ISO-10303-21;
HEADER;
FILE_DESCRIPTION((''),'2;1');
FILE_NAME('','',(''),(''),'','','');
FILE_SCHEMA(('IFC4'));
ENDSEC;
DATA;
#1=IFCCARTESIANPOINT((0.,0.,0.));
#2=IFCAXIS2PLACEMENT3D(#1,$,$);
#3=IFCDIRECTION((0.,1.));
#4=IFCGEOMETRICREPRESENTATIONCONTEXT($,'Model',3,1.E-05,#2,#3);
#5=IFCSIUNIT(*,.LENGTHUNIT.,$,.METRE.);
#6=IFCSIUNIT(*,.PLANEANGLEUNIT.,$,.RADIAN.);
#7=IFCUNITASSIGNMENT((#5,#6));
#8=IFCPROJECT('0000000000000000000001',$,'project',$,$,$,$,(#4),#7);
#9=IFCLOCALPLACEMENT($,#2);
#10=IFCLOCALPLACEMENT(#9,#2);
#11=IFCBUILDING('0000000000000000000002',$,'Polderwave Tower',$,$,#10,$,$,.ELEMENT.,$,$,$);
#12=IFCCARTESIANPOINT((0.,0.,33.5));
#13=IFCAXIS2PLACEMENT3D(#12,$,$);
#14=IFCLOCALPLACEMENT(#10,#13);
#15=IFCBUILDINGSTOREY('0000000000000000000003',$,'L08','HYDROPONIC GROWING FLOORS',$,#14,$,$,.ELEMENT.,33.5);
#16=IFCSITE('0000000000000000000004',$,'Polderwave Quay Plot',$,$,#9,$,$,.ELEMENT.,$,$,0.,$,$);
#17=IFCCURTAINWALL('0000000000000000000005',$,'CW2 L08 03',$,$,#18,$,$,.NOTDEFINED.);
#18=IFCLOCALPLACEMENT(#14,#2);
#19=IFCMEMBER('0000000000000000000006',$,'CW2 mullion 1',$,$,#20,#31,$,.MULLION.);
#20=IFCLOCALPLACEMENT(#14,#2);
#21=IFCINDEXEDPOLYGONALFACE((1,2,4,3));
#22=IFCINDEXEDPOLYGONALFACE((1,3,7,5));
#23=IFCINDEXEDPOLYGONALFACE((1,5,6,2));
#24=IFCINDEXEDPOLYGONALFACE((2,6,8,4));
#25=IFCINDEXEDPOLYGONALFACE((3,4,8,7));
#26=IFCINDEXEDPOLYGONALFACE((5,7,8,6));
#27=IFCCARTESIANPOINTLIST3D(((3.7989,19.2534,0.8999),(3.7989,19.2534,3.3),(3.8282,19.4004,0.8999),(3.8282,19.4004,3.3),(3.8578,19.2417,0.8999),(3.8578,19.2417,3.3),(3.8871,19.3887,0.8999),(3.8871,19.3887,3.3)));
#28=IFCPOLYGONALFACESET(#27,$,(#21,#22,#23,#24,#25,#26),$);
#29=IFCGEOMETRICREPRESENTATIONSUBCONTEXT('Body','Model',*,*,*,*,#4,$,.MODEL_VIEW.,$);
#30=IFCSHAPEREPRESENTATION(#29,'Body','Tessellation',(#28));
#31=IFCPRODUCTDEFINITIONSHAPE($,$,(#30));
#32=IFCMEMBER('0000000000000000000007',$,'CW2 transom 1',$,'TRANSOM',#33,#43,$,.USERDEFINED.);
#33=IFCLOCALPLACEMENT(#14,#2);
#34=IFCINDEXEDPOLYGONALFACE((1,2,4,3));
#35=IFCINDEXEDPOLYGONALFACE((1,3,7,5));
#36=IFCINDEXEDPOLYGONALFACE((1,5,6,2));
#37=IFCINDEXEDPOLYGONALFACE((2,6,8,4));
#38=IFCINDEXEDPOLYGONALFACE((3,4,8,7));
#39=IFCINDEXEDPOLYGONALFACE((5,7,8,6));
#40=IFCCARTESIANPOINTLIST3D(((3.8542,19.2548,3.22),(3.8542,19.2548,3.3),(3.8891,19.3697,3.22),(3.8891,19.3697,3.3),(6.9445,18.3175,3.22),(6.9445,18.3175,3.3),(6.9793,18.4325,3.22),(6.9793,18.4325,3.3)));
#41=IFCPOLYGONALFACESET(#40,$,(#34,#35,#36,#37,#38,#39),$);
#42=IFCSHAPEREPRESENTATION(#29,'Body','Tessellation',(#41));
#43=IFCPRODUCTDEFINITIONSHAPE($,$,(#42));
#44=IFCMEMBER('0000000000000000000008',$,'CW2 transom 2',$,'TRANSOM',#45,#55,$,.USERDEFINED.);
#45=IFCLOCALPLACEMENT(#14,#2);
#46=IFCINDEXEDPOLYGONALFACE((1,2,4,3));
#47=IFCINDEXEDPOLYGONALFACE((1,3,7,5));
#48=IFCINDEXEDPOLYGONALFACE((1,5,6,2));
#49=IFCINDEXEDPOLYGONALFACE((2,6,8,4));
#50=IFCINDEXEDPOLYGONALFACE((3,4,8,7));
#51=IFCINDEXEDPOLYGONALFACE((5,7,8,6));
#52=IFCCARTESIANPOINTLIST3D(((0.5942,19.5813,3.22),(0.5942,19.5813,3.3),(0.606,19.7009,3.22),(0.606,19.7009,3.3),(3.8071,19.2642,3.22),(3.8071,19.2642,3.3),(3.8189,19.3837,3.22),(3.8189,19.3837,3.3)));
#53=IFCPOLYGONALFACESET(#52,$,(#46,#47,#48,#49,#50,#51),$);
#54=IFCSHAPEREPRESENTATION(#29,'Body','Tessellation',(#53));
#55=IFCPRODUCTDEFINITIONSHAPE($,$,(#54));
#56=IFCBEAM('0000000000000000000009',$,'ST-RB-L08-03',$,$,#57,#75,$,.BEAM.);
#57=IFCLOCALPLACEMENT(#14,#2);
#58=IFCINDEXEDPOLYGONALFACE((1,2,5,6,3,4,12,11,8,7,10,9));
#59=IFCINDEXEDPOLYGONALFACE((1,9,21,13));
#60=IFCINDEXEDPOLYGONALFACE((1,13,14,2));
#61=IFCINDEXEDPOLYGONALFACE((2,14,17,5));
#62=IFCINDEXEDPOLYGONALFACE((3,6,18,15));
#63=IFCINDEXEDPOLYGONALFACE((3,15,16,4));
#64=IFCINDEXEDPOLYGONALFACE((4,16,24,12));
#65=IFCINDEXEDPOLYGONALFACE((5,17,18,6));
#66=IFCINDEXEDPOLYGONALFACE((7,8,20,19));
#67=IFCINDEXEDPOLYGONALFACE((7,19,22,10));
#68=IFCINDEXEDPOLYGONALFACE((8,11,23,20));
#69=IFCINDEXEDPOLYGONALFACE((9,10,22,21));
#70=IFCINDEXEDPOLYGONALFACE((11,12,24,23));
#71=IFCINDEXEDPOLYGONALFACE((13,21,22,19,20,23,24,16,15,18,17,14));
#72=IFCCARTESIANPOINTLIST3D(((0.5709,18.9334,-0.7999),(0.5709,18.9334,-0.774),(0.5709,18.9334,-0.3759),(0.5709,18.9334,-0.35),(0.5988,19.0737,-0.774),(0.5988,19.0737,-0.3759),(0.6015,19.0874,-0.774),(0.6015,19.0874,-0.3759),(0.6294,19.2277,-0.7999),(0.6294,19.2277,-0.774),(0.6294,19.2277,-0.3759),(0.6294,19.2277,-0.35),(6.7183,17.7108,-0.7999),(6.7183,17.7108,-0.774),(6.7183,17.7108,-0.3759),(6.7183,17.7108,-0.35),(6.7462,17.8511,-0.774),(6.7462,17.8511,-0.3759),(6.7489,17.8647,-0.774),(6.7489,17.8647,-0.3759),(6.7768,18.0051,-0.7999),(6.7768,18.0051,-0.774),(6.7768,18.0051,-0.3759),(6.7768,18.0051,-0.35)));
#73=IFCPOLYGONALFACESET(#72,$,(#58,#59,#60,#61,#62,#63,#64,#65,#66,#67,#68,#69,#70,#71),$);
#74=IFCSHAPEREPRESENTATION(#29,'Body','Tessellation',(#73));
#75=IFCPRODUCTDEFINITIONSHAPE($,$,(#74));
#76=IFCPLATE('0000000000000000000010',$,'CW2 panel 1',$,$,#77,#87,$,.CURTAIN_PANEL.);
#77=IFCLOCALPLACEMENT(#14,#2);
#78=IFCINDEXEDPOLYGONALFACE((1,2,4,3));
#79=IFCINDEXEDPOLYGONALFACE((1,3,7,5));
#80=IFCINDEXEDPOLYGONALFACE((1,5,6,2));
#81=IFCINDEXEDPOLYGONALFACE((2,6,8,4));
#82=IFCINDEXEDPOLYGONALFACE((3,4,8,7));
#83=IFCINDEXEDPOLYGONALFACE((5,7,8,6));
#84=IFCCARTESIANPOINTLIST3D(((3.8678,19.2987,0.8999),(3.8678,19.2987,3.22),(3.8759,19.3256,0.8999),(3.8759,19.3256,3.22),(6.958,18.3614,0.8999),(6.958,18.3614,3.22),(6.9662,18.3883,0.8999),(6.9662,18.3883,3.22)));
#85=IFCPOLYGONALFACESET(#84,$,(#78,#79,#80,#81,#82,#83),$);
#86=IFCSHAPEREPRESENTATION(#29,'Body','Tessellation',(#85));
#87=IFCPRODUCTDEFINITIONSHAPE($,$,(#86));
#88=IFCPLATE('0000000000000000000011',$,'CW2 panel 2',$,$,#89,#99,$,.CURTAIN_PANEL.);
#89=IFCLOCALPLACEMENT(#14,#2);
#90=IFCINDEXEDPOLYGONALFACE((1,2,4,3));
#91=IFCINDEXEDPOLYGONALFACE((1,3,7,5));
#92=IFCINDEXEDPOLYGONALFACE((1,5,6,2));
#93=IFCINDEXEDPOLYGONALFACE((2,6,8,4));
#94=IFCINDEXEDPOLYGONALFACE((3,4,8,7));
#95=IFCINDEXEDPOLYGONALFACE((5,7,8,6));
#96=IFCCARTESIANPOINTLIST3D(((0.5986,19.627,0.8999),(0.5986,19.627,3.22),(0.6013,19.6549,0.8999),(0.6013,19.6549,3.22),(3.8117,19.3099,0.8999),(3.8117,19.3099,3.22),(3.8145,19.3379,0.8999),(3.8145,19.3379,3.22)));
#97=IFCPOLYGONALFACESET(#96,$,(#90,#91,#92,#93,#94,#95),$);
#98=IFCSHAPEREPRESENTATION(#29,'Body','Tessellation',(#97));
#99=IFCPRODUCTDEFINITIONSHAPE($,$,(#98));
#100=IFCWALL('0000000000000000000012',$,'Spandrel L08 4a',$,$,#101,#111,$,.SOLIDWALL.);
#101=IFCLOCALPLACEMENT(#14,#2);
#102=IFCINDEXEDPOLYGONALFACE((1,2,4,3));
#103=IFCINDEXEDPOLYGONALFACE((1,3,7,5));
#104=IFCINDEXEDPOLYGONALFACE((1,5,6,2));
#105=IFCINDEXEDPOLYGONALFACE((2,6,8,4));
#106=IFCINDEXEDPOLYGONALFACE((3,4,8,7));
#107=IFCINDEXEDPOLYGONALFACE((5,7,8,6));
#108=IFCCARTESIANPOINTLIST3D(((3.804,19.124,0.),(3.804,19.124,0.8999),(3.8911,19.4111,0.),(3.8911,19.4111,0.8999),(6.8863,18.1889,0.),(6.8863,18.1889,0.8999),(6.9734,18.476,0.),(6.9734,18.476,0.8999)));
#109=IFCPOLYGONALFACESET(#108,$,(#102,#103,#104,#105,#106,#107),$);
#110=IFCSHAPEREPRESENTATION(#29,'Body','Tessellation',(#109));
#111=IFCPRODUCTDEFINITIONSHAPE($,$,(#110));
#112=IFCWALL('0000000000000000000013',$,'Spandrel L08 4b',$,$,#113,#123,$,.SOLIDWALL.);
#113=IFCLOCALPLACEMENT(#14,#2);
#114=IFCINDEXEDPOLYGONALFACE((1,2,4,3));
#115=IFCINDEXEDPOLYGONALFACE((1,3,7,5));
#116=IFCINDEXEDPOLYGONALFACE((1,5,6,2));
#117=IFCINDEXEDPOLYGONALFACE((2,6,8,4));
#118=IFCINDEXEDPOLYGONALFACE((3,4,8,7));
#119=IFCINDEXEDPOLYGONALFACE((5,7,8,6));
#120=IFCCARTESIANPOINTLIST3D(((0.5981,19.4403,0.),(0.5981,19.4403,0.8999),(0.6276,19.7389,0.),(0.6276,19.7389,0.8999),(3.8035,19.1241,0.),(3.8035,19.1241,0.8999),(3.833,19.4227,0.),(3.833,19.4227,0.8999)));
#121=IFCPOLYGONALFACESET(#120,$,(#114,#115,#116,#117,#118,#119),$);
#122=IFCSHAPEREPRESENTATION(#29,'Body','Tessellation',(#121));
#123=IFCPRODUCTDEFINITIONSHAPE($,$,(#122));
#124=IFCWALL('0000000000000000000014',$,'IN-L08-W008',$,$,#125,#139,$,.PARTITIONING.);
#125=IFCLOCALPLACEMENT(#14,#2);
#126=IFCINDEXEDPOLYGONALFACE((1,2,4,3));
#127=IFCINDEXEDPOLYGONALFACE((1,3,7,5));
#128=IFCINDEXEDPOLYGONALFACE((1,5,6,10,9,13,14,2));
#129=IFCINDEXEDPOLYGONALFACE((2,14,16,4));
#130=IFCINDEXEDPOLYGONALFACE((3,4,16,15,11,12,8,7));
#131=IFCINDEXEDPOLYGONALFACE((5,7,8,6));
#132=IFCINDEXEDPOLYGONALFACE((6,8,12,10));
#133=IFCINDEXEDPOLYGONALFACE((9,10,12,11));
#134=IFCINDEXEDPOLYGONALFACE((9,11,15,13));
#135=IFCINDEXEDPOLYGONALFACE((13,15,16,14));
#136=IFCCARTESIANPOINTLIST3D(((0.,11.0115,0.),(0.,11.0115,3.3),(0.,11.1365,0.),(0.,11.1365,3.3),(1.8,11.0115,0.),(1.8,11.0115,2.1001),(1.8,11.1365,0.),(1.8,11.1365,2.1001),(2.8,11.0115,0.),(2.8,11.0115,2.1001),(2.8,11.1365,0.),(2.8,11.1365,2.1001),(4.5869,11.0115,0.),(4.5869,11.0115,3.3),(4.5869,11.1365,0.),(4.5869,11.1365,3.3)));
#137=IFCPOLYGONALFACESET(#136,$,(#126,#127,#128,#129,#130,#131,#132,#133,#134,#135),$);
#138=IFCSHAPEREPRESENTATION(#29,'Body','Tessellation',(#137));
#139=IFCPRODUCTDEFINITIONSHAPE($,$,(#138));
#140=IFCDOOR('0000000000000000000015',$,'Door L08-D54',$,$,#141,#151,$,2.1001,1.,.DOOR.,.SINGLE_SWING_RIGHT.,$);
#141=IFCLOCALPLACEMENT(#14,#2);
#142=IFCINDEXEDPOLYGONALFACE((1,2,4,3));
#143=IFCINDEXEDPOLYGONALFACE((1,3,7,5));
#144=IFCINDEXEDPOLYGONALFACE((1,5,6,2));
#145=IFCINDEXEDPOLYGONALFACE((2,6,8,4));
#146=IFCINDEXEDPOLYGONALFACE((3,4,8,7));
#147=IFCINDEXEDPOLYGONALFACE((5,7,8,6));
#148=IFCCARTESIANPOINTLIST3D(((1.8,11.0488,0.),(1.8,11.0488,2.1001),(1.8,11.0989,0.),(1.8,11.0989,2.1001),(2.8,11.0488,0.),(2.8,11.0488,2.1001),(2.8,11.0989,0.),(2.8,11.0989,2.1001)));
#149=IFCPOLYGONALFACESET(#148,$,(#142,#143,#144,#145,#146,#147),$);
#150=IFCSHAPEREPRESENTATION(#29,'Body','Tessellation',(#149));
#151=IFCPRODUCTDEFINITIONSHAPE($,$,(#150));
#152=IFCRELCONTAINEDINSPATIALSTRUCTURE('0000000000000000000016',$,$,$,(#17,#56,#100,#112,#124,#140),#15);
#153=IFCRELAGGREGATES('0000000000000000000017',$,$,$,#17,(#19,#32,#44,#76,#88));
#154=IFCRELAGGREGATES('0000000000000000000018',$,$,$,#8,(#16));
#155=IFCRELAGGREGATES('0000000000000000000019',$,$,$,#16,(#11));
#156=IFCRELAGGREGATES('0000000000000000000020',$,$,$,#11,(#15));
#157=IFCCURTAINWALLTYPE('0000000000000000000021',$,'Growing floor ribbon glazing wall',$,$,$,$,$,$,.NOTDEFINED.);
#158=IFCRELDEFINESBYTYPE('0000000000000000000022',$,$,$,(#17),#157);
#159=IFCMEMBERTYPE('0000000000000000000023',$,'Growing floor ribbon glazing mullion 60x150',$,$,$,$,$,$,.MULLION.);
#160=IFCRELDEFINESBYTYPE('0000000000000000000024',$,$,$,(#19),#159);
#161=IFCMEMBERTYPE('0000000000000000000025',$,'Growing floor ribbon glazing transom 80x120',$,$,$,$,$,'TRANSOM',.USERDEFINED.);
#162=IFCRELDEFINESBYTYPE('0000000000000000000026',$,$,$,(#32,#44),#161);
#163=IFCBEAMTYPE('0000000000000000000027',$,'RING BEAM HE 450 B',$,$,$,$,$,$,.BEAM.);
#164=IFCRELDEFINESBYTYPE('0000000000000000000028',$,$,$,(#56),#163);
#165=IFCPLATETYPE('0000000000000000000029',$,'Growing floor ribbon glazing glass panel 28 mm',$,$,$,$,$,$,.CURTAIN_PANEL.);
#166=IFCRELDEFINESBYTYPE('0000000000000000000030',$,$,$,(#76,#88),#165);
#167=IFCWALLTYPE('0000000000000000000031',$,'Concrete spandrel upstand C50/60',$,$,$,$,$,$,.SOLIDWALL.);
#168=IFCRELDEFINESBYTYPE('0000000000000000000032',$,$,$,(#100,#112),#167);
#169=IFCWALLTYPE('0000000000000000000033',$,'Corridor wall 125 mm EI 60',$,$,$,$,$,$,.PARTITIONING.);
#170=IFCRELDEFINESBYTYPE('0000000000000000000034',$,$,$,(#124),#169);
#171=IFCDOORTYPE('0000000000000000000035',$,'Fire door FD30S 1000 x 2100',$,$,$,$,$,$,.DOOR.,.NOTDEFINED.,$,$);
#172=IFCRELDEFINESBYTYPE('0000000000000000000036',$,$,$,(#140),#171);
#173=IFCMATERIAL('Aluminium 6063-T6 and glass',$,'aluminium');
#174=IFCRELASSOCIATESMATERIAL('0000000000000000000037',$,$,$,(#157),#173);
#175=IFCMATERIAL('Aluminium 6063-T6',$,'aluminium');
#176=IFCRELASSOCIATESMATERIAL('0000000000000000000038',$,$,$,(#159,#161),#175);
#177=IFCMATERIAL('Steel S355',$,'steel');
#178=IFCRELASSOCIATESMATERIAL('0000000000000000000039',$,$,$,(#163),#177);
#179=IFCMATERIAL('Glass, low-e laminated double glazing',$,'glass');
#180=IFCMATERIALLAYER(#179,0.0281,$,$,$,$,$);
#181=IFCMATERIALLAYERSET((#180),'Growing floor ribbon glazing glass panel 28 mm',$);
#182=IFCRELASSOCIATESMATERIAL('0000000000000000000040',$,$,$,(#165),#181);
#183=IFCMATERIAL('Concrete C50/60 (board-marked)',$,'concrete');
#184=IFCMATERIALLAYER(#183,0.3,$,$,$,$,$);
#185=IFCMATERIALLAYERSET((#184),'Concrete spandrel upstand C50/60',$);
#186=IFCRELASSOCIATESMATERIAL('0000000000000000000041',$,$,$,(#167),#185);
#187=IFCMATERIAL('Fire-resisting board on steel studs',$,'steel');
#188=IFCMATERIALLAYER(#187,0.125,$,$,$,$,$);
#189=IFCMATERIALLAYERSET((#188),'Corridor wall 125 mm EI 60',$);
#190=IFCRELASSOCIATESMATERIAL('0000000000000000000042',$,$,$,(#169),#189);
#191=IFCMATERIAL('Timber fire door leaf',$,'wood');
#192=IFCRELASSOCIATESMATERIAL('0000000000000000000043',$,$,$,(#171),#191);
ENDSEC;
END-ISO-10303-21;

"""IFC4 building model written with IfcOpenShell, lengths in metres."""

from ifc_helpers import new_model, si_unit, direction, frame, frame_2d, origin, origin_2d, place, context, subcontext, project, spatial, rectangle, i_section, extrude, material, layer, layer_set, material_profile, profile_set, type_object, element, fill, aggregate, save


model = new_model("IFC4")

# Units and contexts
model_context = context("Model", 3, precision=1e-05, world=origin(), true_north=direction((0.0, 1.0)))
body_context = subcontext(model_context, "Body", "Model", "MODEL_VIEW")
ifc_project = project(units=[si_unit("LENGTHUNIT", "METRE"), si_unit("PLANEANGLEUNIT", "RADIAN")], contexts=[model_context])

# Site, building, storey
site_placement = place(None, origin())
site = spatial("IfcSite", under=ifc_project, at=site_placement, Name="Polderwave Quay Plot", CompositionType="ELEMENT", RefElevation=0.0)
building_placement = place(site_placement, origin())
building = spatial("IfcBuilding", under=site, at=building_placement, Name="Polderwave Tower", CompositionType="ELEMENT")
storey_placement = place(building_placement, frame((0.0, 0.0, 33.5)))
storey = spatial("IfcBuildingStorey", under=building, at=storey_placement, Name="L08", Description="HYDROPONIC GROWING FLOORS", CompositionType="ELEMENT", Elevation=33.5)

# Curtain wall, members
ifc_material_1 = material(Name="Aluminium 6063-T6 and glass", Category="aluminium")
curtain_wall_type = type_object("IfcCurtainWallType", Name="Growing floor ribbon glazing wall", PredefinedType="NOTDEFINED", material=ifc_material_1)
curtain_wall_placement = place(storey_placement, origin())
curtain_wall = element("IfcCurtainWall", 1, at=curtain_wall_placement, inside=storey, type_object=curtain_wall_type, Name="CW2 L08 03", PredefinedType="NOTDEFINED")
ifc_material_2 = material(Name="Aluminium 6063-T6", Category="aluminium")
ifc_material_profile_1 = material_profile(ifc_material_2, rectangle(XDim=0.1499, YDim=0.0601, at=origin_2d()), Name="AL 60x150")
ifc_profile_set_1 = profile_set([ifc_material_profile_1], Name="Aluminium 6063-T6")
member_type_1 = type_object("IfcMemberType", Name="Growing floor ribbon glazing mullion 60x150", PredefinedType="MULLION", material=ifc_profile_set_1)
member_1_placement = place(storey_placement, frame((3.843, 19.321, 0.8999), z_axis=(0.0, 0.0, 1.0), x_axis=(-0.195159, -0.980772, 0.0)))
member_1 = element("IfcMember", 2, at=member_1_placement, type_object=member_type_1, Name="CW2 mullion 1", PredefinedType="MULLION", context=body_context, shape_type="SweptSolid", body=[
    extrude(rectangle(XDim=0.1499, YDim=0.0601, at=origin_2d()), origin(), (0.0, 0.0, 1.0), 2.4001),
])
ifc_material_profile_2 = material_profile(ifc_material_2, rectangle(XDim=0.1201, YDim=0.0801, at=origin_2d()), Name="AL 80x120")
ifc_profile_set_2 = profile_set([ifc_material_profile_2], Name="Aluminium 6063-T6")
member_type_2 = type_object("IfcMemberType", Name="Growing floor ribbon glazing transom 80x120", ElementType="TRANSOM", PredefinedType="USERDEFINED", material=ifc_profile_set_2)
member_2_placement = place(storey_placement, frame((6.9619, 18.375, 3.26), z_axis=(-0.956956, 0.290232, 0.0), x_axis=(-0.290232, -0.956956, 0.0)))
member_2 = element("IfcMember", 3, at=member_2_placement, type_object=member_type_2, Name="CW2 transom 1", ObjectType="TRANSOM", PredefinedType="USERDEFINED", context=body_context, shape_type="SweptSolid", body=[
    extrude(rectangle(XDim=0.1201, YDim=0.0801, at=origin_2d()), origin(), (0.0, 0.0, 1.0), 3.2292),
])
member_3_placement = place(storey_placement, frame((3.813, 19.324, 3.26), z_axis=(-0.995164, 0.098231, 0.0), x_axis=(-0.098231, -0.995164, 0.0)))
member_3 = element("IfcMember", 4, at=member_3_placement, type_object=member_type_2, Name="CW2 transom 2", ObjectType="TRANSOM", PredefinedType="USERDEFINED", context=body_context, shape_type="SweptSolid", body=[
    extrude(rectangle(XDim=0.1201, YDim=0.0801, at=origin_2d()), origin(), (0.0, 0.0, 1.0), 3.2285),
])

# Beam
ifc_material_3 = material(Name="Steel S355", Category="steel")
ifc_material_profile_3 = material_profile(ifc_material_3, i_section(OverallWidth=0.3, OverallDepth=0.45, WebThickness=0.0139, FlangeThickness=0.0259, at=origin_2d()), Name="HE 450 B")
ifc_profile_set_3 = profile_set([ifc_material_profile_3], Name="Steel S355")
beam_type = type_object("IfcBeamType", Name="RING BEAM HE 450 B", PredefinedType="BEAM", material=ifc_profile_set_3)
beam_placement = place(storey_placement, frame((6.7476, 17.8579, -0.575), z_axis=(-0.98079, 0.195067, 0.0), x_axis=(-0.195067, -0.98079, 0.0)))
element("IfcBeam", 5, at=beam_placement, inside=storey, type_object=beam_type, Name="ST-RB-L08-03", PredefinedType="BEAM", context=body_context, shape_type="SweptSolid", body=[
    extrude(i_section(OverallWidth=0.3, OverallDepth=0.45, WebThickness=0.0139, FlangeThickness=0.0259, at=origin_2d()), origin(), (0.0, 0.0, 1.0), 6.2678),
])

# Plates
ifc_material_4 = material(Name="Glass, low-e laminated double glazing", Category="glass")
ifc_layer_1 = layer(ifc_material_4, 0.0281)
ifc_layer_set_1 = layer_set([ifc_layer_1], Name="Growing floor ribbon glazing glass panel 28 mm")
plate_type = type_object("IfcPlateType", Name="Growing floor ribbon glazing glass panel 28 mm", PredefinedType="CURTAIN_PANEL", material=ifc_layer_set_1)
plate_1_placement = place(storey_placement, frame((5.417, 18.8435, 0.8999), z_axis=(0.0, 0.0, 1.0), x_axis=(-0.956952, 0.290246, 0.0)))
plate_1 = element("IfcPlate", 6, at=plate_1_placement, type_object=plate_type, Name="CW2 panel 1", PredefinedType="CURTAIN_PANEL", context=body_context, shape_type="SweptSolid", body=[
    extrude(rectangle(XDim=3.2292, YDim=0.0281, at=origin_2d()), origin(), (0.0, 0.0, 1.0), 2.3201),
])
plate_2_placement = place(storey_placement, frame((2.2065, 19.4824, 0.8999), z_axis=(0.0, 0.0, 1.0), x_axis=(-0.995167, 0.098198, 0.0)))
plate_2 = element("IfcPlate", 7, at=plate_2_placement, type_object=plate_type, Name="CW2 panel 2", PredefinedType="CURTAIN_PANEL", context=body_context, shape_type="SweptSolid", body=[
    extrude(rectangle(XDim=3.2288, YDim=0.0281, at=origin_2d()), origin(), (0.0, 0.0, 1.0), 2.3201),
])
aggregate(curtain_wall, [member_1, member_2, member_3, plate_1, plate_2])

# Walls
ifc_material_5 = material(Name="Concrete C50/60 (board-marked)", Category="concrete")
ifc_layer_2 = layer(ifc_material_5, 0.3)
ifc_layer_set_2 = layer_set([ifc_layer_2], Name="Concrete spandrel upstand C50/60")
wall_type_1 = type_object("IfcWallType", Name="Concrete spandrel upstand C50/60", PredefinedType="SOLIDWALL", material=ifc_layer_set_2)
for number, where, z_axis, x_axis, name in (
    (8, (6.9297, 18.3325, 0.0), (0.0, 0.0, 1.0), (-0.956935, 0.290302, 0.0), "Spandrel L08 4a"),
    (9, (3.8181, 19.2734, 0.0), (0.0, 0.0, 1.0), (-0.995171, 0.09816, 0.0), "Spandrel L08 4b"),
):
    element("IfcWall", number, at=place(storey_placement, frame(where, z_axis=z_axis, x_axis=x_axis)), inside=storey, type_object=wall_type_1, Name=name, PredefinedType="SOLIDWALL", context=body_context, shape_type="SweptSolid", body=[
        extrude(rectangle(XDim=3.2209, YDim=0.3, at=frame_2d((1.6104, 0.0))), origin(), (0.0, 0.0, 1.0), 0.8999),
    ])

# Wall, opening, door
ifc_material_6 = material(Name="Fire-resisting board on steel studs", Category="steel")
ifc_layer_3 = layer(ifc_material_6, 0.125)
ifc_layer_set_3 = layer_set([ifc_layer_3], Name="Corridor wall 125 mm EI 60")
wall_type_2 = type_object("IfcWallType", Name="Corridor wall 125 mm EI 60", PredefinedType="PARTITIONING", material=ifc_layer_set_3)
wall_1_placement = place(storey_placement, frame((0.0, 11.074, 0.0), z_axis=(0.0, 0.0, 1.0), x_axis=(1.0, 0.0, 0.0)))
wall_1 = element("IfcWall", 10, at=wall_1_placement, inside=storey, type_object=wall_type_2, Name="IN-L08-W008", PredefinedType="PARTITIONING", context=body_context, shape_type="SweptSolid", body=[
    extrude(rectangle(XDim=4.5869, YDim=0.125, at=frame_2d((2.2935, 0.0))), origin(), (0.0, 0.0, 1.0), 3.3),
])
opening_1_placement = place(wall_1_placement, frame((1.8, 0.0, 0.0)))
opening_1 = element("IfcOpeningElement", 11, at=opening_1_placement, cuts=wall_1, PredefinedType="OPENING", context=body_context, shape_type="SweptSolid", body=[
    extrude(rectangle(XDim=1.0, YDim=2.1001, at=frame_2d((0.5, 1.05))), frame((0.0, 0.0725, 0.0), z_axis=(0.0, -1.0, 0.0), x_axis=(1.0, 0.0, 0.0)), (0.0, 0.0, 1.0), 0.145),
])
ifc_material_7 = material(Name="Timber fire door leaf", Category="wood")
door_type_1 = type_object("IfcDoorType", Name="Fire door FD30S 1000 x 2100", OperationType="NOTDEFINED", PredefinedType="DOOR", material=ifc_material_7)
door_1_placement = place(opening_1_placement, origin())
door_1 = element("IfcDoor", 12, at=door_1_placement, inside=storey, type_object=door_type_1, Name="Door L08-D54", OperationType="SINGLE_SWING_RIGHT", OverallHeight=2.1001, OverallWidth=1.0, PredefinedType="DOOR", context=body_context, shape_type="SweptSolid", body=[
    extrude(rectangle(XDim=1.0, YDim=2.1001, at=frame_2d((0.5, 1.05))), frame((0.0, 0.0249, 0.0), z_axis=(0.0, -1.0, 0.0), x_axis=(1.0, 0.0, 0.0)), (0.0, 0.0, 1.0), 0.05),
])
fill(opening_1, door_1)

save(model, "model.ifc")
